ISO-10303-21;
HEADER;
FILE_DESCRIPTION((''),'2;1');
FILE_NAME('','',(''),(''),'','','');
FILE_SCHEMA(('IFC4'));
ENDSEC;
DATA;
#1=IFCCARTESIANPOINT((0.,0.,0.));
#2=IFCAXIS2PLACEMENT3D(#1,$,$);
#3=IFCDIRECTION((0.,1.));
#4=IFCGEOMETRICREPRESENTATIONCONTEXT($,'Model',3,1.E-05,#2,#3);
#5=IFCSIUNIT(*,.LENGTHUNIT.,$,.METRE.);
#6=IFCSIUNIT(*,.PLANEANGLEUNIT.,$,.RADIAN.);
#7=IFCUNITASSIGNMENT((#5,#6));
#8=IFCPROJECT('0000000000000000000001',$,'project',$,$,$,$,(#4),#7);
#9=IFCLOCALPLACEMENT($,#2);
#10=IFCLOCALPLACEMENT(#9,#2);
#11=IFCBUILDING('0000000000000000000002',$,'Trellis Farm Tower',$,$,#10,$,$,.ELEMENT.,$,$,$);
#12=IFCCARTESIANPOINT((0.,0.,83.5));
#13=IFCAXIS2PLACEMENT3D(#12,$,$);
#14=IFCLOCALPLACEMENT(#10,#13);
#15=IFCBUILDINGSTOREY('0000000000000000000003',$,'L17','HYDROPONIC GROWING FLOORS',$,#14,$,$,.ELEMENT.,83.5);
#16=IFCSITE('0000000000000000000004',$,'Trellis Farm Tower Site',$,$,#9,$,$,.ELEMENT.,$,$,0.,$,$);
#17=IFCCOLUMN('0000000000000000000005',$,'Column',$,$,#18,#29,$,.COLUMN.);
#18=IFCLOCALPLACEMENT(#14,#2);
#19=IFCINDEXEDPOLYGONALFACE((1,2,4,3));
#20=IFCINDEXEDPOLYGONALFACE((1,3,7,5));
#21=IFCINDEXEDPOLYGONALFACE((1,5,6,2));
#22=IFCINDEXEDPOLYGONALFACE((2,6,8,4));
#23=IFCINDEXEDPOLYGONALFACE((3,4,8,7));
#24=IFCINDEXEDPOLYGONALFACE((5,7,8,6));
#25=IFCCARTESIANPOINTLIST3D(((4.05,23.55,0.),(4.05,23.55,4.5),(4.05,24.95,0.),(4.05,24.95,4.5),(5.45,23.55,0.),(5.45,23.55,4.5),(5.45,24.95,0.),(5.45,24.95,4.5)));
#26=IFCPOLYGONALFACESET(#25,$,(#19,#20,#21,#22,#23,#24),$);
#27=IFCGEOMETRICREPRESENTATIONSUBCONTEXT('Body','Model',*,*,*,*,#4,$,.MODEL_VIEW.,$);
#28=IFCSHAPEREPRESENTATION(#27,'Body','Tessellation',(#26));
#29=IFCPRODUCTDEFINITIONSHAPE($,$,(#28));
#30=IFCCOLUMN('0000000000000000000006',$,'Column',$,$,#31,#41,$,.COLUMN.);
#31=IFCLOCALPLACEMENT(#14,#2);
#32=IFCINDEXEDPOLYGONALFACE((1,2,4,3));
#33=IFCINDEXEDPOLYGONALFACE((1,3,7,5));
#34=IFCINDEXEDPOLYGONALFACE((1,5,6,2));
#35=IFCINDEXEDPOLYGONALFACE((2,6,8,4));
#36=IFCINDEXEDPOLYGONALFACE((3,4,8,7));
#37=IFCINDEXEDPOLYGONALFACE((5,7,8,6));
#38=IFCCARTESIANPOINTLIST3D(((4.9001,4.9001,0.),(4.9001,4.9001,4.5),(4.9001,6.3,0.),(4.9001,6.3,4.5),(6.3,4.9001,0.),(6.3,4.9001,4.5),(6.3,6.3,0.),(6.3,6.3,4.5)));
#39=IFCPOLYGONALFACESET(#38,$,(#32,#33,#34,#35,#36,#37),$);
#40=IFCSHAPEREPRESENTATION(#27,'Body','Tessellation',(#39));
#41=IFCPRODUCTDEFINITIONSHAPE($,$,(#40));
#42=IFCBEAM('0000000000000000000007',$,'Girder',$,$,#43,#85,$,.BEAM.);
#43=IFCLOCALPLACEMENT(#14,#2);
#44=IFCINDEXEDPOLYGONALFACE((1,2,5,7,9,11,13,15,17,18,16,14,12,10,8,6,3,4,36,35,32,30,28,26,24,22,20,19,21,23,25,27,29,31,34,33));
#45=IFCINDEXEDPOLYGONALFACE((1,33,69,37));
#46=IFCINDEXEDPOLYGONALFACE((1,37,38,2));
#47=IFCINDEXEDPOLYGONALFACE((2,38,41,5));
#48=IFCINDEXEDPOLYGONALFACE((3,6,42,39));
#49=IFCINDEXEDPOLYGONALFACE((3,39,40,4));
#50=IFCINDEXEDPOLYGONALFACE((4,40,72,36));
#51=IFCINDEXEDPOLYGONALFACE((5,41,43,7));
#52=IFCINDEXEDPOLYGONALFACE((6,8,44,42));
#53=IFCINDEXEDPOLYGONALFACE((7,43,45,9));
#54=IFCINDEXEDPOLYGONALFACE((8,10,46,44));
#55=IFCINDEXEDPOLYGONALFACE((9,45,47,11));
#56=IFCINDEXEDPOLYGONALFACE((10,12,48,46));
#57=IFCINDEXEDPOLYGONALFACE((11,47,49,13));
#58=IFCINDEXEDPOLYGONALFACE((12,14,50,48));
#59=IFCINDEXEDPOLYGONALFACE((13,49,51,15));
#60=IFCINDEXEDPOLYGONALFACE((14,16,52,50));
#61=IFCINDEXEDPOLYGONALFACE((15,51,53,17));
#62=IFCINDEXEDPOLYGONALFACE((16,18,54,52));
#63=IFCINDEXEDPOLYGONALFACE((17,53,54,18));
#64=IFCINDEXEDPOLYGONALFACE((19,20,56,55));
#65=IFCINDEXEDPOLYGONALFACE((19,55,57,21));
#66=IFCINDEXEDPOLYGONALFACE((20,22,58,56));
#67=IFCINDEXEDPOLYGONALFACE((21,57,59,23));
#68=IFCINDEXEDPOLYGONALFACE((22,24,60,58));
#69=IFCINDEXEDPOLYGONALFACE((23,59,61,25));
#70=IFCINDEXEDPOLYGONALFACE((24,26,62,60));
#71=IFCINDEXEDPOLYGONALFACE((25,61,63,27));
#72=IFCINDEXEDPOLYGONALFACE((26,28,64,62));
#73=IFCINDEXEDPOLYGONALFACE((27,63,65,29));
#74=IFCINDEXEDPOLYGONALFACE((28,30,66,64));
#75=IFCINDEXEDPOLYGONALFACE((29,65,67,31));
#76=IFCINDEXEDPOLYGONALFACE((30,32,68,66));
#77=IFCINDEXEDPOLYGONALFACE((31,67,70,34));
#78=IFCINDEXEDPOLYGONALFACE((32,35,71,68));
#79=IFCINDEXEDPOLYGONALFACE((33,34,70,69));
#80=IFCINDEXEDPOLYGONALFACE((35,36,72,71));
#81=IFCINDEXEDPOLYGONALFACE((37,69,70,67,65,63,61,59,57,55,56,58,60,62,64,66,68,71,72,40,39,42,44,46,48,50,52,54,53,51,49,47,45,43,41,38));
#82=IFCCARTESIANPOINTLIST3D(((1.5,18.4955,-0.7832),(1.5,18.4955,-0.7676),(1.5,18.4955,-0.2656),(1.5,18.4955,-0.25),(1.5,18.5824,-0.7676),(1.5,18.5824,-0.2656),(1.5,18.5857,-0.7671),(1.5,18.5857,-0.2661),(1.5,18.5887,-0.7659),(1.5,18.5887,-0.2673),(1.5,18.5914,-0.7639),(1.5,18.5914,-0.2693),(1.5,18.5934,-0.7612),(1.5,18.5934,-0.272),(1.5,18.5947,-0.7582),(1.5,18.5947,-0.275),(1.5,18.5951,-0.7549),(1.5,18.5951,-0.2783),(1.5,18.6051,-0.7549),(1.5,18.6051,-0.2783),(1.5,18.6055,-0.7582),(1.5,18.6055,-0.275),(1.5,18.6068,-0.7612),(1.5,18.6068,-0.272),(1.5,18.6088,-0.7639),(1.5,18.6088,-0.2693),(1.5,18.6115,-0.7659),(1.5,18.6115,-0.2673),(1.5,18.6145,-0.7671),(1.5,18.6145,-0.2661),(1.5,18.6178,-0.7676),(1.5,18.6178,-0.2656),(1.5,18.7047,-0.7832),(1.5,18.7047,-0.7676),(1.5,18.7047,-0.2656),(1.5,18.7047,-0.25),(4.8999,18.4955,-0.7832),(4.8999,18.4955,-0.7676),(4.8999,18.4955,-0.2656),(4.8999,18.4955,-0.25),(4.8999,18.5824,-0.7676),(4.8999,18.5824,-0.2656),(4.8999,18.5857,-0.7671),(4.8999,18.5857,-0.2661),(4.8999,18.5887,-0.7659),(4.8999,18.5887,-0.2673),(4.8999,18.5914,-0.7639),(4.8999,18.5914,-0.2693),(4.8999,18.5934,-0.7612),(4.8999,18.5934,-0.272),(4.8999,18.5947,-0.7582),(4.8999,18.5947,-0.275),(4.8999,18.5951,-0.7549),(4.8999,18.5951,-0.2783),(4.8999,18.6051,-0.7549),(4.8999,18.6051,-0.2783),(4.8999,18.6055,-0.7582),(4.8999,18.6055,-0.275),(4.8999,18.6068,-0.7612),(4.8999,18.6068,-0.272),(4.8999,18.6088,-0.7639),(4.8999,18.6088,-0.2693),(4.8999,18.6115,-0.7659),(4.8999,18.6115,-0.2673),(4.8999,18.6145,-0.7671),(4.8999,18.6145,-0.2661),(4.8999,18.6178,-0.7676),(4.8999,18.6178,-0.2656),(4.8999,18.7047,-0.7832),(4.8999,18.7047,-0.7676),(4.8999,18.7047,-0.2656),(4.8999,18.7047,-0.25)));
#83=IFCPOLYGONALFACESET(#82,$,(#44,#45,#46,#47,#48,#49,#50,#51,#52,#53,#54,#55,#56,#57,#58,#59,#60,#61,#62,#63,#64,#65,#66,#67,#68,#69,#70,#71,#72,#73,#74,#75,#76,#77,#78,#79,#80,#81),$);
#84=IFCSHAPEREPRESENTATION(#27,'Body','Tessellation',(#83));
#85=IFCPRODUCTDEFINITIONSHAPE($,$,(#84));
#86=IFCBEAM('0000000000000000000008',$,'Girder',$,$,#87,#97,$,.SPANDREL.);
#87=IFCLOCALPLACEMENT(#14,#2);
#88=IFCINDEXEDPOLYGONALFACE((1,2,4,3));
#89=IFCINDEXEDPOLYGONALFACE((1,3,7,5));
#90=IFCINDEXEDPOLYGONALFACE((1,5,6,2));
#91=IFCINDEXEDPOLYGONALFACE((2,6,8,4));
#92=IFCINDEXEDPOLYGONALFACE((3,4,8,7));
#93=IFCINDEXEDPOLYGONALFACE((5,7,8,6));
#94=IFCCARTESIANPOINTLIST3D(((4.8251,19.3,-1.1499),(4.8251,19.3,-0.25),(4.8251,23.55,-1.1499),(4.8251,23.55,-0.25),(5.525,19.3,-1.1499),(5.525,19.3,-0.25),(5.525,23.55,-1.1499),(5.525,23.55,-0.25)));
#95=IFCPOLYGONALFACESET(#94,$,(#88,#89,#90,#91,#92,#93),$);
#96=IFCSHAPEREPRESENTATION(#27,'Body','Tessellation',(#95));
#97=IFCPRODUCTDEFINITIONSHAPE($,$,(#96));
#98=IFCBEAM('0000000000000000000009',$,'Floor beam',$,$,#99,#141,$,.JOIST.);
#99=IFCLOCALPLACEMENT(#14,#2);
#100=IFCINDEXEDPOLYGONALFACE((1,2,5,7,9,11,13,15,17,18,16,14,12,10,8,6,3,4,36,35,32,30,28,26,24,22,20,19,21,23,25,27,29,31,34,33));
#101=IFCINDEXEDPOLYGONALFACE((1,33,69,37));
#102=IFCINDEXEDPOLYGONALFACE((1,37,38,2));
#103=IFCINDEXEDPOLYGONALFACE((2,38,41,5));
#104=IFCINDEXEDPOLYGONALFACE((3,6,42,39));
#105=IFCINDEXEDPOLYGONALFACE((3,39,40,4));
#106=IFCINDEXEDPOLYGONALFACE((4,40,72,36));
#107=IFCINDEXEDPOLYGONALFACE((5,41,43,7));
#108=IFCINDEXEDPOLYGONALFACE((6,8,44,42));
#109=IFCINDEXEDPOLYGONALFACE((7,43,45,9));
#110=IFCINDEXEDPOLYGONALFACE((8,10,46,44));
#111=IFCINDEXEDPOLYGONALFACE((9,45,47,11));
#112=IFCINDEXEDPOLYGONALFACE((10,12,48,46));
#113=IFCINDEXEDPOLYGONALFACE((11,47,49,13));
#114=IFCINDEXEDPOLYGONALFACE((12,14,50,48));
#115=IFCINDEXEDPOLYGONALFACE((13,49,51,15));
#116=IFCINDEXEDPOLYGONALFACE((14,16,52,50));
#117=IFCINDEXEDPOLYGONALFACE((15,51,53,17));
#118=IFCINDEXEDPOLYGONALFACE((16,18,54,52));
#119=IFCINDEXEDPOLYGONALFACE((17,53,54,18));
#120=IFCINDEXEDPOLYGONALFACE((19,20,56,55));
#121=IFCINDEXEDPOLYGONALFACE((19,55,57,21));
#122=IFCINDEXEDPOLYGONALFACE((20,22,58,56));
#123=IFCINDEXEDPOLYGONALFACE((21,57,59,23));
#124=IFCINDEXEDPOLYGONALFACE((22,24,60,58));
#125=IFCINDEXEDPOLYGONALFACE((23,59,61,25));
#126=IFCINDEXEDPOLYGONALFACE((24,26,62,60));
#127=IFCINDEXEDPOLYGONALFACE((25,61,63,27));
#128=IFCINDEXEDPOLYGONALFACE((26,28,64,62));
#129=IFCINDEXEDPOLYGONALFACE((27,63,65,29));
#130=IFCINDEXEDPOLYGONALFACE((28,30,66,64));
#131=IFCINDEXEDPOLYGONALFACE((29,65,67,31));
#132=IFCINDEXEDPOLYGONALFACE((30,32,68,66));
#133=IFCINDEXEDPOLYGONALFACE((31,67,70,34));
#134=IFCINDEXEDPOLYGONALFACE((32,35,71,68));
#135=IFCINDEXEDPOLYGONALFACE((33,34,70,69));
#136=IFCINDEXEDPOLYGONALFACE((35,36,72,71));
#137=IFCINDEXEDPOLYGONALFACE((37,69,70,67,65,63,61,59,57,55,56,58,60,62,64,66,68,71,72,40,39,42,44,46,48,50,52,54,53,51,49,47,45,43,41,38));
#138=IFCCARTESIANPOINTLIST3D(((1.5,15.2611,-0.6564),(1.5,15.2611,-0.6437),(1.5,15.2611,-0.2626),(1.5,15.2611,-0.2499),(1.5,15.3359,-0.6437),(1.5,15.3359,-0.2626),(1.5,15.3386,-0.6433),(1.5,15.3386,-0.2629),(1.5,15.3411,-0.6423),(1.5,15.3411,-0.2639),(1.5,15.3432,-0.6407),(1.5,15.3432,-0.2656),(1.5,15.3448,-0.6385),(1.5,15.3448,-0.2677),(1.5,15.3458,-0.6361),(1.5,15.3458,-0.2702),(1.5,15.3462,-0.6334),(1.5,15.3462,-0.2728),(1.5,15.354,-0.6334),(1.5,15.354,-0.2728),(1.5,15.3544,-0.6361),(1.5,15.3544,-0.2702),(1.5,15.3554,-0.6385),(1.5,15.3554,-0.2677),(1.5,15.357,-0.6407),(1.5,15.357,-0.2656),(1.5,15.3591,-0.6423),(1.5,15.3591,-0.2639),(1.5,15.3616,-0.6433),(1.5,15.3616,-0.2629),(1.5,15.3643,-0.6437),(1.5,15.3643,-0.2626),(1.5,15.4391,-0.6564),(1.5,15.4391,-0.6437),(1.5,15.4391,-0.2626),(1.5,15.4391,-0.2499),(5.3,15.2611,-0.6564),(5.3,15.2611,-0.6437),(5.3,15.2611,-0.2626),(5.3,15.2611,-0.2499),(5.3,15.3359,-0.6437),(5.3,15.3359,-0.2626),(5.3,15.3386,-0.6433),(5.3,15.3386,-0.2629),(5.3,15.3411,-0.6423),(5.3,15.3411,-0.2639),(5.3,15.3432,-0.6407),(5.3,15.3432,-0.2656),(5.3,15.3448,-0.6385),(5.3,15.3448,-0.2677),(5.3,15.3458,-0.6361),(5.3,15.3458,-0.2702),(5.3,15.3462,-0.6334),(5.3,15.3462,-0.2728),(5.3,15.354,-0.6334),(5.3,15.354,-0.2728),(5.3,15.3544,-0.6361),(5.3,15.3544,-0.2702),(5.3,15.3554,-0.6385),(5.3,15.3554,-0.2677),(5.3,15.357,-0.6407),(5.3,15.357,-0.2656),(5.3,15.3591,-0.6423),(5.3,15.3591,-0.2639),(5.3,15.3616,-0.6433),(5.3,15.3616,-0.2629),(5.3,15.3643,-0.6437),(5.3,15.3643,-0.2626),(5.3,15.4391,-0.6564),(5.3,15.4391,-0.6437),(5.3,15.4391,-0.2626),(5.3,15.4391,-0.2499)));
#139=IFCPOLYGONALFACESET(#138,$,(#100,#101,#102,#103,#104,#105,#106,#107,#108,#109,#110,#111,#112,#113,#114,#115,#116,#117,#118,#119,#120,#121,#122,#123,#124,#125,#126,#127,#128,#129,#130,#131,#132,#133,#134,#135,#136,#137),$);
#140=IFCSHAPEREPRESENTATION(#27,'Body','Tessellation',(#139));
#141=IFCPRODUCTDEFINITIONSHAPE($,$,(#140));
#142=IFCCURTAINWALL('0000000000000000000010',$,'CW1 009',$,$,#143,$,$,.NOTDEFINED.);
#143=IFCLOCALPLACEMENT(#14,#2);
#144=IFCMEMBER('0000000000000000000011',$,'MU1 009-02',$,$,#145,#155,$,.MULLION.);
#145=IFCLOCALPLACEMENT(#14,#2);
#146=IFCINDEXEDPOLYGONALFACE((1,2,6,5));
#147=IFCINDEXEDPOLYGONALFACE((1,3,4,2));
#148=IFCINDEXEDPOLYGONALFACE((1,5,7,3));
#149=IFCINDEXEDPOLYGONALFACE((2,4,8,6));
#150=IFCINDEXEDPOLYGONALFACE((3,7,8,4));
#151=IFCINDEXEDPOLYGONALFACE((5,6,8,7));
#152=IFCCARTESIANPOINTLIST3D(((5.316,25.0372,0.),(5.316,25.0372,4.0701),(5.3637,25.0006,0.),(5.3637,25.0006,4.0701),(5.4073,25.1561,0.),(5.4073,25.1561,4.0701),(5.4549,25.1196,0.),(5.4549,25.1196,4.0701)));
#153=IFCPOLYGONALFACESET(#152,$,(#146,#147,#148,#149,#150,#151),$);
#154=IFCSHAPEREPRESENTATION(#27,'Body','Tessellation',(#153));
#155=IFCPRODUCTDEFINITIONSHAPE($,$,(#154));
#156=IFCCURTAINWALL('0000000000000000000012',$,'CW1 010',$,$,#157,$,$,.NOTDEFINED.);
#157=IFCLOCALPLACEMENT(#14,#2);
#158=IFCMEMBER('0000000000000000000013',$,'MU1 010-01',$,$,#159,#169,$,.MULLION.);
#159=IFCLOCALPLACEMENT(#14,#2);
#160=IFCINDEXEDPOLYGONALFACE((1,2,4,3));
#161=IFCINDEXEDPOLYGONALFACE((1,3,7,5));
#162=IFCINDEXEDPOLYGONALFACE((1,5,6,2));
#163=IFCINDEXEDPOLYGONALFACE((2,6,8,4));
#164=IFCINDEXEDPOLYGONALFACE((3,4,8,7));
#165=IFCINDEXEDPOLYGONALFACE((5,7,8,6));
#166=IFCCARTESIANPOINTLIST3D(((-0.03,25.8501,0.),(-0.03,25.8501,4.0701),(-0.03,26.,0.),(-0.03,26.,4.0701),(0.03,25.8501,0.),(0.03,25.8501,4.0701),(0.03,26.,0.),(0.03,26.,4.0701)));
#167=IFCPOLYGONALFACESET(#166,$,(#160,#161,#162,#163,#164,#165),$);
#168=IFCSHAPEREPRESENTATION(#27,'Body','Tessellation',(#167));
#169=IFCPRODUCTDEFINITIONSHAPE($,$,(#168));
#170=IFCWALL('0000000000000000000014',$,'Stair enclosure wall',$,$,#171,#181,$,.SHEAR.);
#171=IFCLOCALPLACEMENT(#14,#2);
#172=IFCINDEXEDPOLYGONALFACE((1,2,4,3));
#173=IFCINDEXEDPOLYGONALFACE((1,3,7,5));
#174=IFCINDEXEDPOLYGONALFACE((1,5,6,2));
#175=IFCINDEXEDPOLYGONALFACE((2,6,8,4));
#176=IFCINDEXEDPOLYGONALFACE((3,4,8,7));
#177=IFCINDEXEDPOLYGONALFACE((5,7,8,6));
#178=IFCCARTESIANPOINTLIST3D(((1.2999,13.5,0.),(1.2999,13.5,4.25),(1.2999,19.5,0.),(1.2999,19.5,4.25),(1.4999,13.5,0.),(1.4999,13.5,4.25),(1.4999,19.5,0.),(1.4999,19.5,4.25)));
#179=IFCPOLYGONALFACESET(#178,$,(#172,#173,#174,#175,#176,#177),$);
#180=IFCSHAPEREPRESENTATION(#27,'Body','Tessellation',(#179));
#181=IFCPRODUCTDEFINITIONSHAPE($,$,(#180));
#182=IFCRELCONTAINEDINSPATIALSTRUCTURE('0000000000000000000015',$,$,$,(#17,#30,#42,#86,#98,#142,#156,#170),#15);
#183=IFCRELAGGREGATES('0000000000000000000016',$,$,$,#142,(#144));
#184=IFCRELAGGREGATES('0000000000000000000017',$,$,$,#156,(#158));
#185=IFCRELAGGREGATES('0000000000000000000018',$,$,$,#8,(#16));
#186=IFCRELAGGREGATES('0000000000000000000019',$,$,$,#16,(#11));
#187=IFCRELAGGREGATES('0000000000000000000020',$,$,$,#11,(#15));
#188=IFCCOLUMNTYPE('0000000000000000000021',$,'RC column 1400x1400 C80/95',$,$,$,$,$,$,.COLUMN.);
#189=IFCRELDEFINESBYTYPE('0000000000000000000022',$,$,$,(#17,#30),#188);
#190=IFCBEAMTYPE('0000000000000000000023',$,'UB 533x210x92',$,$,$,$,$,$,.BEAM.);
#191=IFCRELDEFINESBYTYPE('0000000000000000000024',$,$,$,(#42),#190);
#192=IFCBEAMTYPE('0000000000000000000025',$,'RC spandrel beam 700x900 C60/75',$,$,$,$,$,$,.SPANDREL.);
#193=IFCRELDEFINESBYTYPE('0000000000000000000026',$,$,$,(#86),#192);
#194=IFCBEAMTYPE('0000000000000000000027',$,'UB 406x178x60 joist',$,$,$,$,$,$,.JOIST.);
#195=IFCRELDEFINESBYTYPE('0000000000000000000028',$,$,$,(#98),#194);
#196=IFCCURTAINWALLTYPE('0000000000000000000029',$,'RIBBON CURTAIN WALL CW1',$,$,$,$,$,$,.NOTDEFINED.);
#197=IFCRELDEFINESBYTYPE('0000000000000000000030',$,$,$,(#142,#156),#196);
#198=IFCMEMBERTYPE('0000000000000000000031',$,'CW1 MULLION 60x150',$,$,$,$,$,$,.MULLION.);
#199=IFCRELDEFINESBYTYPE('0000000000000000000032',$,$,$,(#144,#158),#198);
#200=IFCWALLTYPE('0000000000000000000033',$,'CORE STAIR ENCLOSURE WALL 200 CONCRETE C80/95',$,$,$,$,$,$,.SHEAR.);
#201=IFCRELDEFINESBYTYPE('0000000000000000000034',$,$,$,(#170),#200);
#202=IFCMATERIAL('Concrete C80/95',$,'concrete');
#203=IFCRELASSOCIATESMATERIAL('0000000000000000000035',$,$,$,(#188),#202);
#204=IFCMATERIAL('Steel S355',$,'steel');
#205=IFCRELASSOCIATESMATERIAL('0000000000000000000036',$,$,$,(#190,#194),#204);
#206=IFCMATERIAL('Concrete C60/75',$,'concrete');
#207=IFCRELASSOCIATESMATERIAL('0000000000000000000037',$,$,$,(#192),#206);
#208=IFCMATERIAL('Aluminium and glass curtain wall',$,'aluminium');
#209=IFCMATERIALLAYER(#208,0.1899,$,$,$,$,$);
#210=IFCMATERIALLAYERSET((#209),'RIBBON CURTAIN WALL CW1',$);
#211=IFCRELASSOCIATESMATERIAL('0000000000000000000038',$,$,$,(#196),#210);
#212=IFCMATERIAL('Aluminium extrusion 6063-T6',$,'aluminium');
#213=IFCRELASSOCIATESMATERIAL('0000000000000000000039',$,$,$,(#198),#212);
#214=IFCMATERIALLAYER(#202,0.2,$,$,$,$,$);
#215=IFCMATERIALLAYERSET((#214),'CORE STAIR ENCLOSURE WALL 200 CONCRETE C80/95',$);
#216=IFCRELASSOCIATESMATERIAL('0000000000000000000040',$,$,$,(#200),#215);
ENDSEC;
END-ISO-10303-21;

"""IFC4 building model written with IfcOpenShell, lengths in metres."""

from ifc_helpers import new_model, si_unit, direction, frame, frame_2d, origin, origin_2d, place, context, subcontext, project, spatial, rectangle, i_section, extrude, source, transform, mapped, material, layer, layer_set, material_profile, profile_set, type_object, element, aggregate, save


model = new_model("IFC4")

# Units and contexts
model_context = context("Model", 3, precision=1e-05, world=origin(), true_north=direction((0.0, 1.0)))
body_context = subcontext(model_context, "Body", "Model", "MODEL_VIEW")
ifc_project = project(units=[si_unit("LENGTHUNIT", "METRE"), si_unit("PLANEANGLEUNIT", "RADIAN")], contexts=[model_context])

# Site, building, storey
site_placement = place(None, origin())
site = spatial("IfcSite", under=ifc_project, at=site_placement, Name="Trellis Farm Tower Site", CompositionType="ELEMENT", RefElevation=0.0)
building_placement = place(site_placement, origin())
building = spatial("IfcBuilding", under=site, at=building_placement, Name="Trellis Farm Tower", CompositionType="ELEMENT")
storey_placement = place(building_placement, frame((0.0, 0.0, 83.5)))
storey = spatial("IfcBuildingStorey", under=building, at=storey_placement, Name="L17", Description="HYDROPONIC GROWING FLOORS", CompositionType="ELEMENT", Elevation=83.5)

# Columns
ifc_material_1 = material(Name="Concrete C80/95", Category="concrete")
ifc_material_profile_1 = material_profile(ifc_material_1, rectangle(XDim=1.3999, YDim=1.3999, at=origin_2d()), Name="RC column 1400x1400 C80/95")
ifc_profile_set_1 = profile_set([ifc_material_profile_1], Name="Concrete C80/95")
column_type = type_object("IfcColumnType", Name="RC column 1400x1400 C80/95", PredefinedType="COLUMN", material=ifc_profile_set_1)
shared_shape_1 = source(origin(), body_context, "Body", "SweptSolid", [
    extrude(rectangle(XDim=1.3999, YDim=1.3999, at=origin_2d()), origin(), (0.0, 0.0, 1.0), 4.5),
])
for number, where, z_axis, x_axis, name in (
    (1, (4.75, 24.25, 0.0), (0.0, 0.0, 1.0), (1.0, 0.0, 0.0), "Column"),
    (2, (5.6001, 5.6001, 0.0), (0.0, 0.0, 1.0), (1.0, 0.0, 0.0), "Column"),
):
    element("IfcColumn", number, at=place(storey_placement, frame(where, z_axis=z_axis, x_axis=x_axis)), inside=storey, type_object=column_type, Name=name, PredefinedType="COLUMN", context=body_context, shape_type="MappedRepresentation", body=[
        mapped(shared_shape_1, transform((0.0, 0.0, 0.0))),
    ])

# Beams
ifc_material_2 = material(Name="Steel S355", Category="steel")
ifc_material_profile_2 = material_profile(ifc_material_2, i_section(OverallWidth=0.2092, OverallDepth=0.5332, WebThickness=0.01, FlangeThickness=0.0156, FilletRadius=0.0127, at=origin_2d()), Name="UB 533x210x92")
ifc_profile_set_2 = profile_set([ifc_material_profile_2], Name="Steel S355")
beam_type_1 = type_object("IfcBeamType", Name="UB 533x210x92", PredefinedType="BEAM", material=ifc_profile_set_2)
shared_shape_2 = source(origin(), body_context, "Body", "SweptSolid", [
    extrude(i_section(OverallWidth=0.2092, OverallDepth=0.5332, WebThickness=0.01, FlangeThickness=0.0156, FilletRadius=0.0127, at=origin_2d()), origin(), (0.0, 0.0, 1.0), 3.3999),
])
beam_1_placement = place(storey_placement, frame((1.5, 18.6001, -0.5166), z_axis=(1.0, 0.0, 0.0), x_axis=(0.0, 1.0, 0.0)))
element("IfcBeam", 3, at=beam_1_placement, inside=storey, type_object=beam_type_1, Name="Girder", PredefinedType="BEAM", context=body_context, shape_type="MappedRepresentation", body=[
    mapped(shared_shape_2, transform((0.0, 0.0, 0.0))),
])
ifc_material_3 = material(Name="Concrete C60/75", Category="concrete")
ifc_material_profile_3 = material_profile(ifc_material_3, rectangle(XDim=0.7, YDim=0.8999, at=origin_2d()), Name="RC spandrel beam 700x900 C60/75")
ifc_profile_set_3 = profile_set([ifc_material_profile_3], Name="Concrete C60/75")
beam_type_2 = type_object("IfcBeamType", Name="RC spandrel beam 700x900 C60/75", PredefinedType="SPANDREL", material=ifc_profile_set_3)
shared_shape_3 = source(origin(), body_context, "Body", "SweptSolid", [
    extrude(rectangle(XDim=0.7, YDim=0.8999, at=origin_2d()), origin(), (0.0, 0.0, 1.0), 4.25),
])
beam_2_placement = place(storey_placement, frame((5.175, 19.3, -0.7), z_axis=(0.0, 1.0, 0.0), x_axis=(-1.0, 0.0, 0.0)))
element("IfcBeam", 4, at=beam_2_placement, inside=storey, type_object=beam_type_2, Name="Girder", PredefinedType="SPANDREL", context=body_context, shape_type="MappedRepresentation", body=[
    mapped(shared_shape_3, transform((0.0, 0.0, 0.0))),
])
ifc_material_profile_4 = material_profile(ifc_material_2, i_section(OverallWidth=0.178, OverallDepth=0.4065, WebThickness=0.0078, FlangeThickness=0.0127, FilletRadius=0.0103, at=origin_2d()), Name="UB 406x178x60")
ifc_profile_set_4 = profile_set([ifc_material_profile_4], Name="Steel S355")
beam_type_3 = type_object("IfcBeamType", Name="UB 406x178x60 joist", PredefinedType="JOIST", material=ifc_profile_set_4)
shared_shape_4 = source(origin(), body_context, "Body", "SweptSolid", [
    extrude(i_section(OverallWidth=0.178, OverallDepth=0.4065, WebThickness=0.0078, FlangeThickness=0.0127, FilletRadius=0.0103, at=origin_2d()), origin(), (0.0, 0.0, 1.0), 3.8),
])
beam_3_placement = place(storey_placement, frame((1.5, 15.3501, -0.4531), z_axis=(1.0, 0.0, 0.0), x_axis=(0.0, 1.0, 0.0)))
element("IfcBeam", 5, at=beam_3_placement, inside=storey, type_object=beam_type_3, Name="Floor beam", PredefinedType="JOIST", context=body_context, shape_type="MappedRepresentation", body=[
    mapped(shared_shape_4, transform((0.0, 0.0, 0.0))),
])

# Curtain walls, members
ifc_material_4 = material(Name="Aluminium and glass curtain wall", Category="aluminium")
ifc_layer_1 = layer(ifc_material_4, 0.1899)
ifc_layer_set_1 = layer_set([ifc_layer_1], Name="RIBBON CURTAIN WALL CW1")
curtain_wall_type = type_object("IfcCurtainWallType", Name="RIBBON CURTAIN WALL CW1", PredefinedType="NOTDEFINED", material=ifc_layer_set_1)
placement = place(storey_placement, origin())
curtain_wall_1 = element("IfcCurtainWall", 6, at=placement, inside=storey, type_object=curtain_wall_type, Name="CW1 009", PredefinedType="NOTDEFINED")
ifc_material_5 = material(Name="Aluminium extrusion 6063-T6", Category="aluminium")
ifc_material_profile_5 = material_profile(ifc_material_5, rectangle(XDim=0.0601, YDim=0.1499, at=origin_2d()), Name="MULLION 60x150")
ifc_profile_set_5 = profile_set([ifc_material_profile_5], Name="Aluminium extrusion 6063-T6")
member_type = type_object("IfcMemberType", Name="CW1 MULLION 60x150", PredefinedType="MULLION", material=ifc_profile_set_5)
shared_shape_5 = source(origin(), body_context, "Body", "SweptSolid", [
    extrude(rectangle(XDim=0.0601, YDim=0.1499, at=origin_2d()), origin(), (0.0, 0.0, 1.0), 4.0701),
])
member_1_placement = place(storey_placement, frame((5.3855, 25.0784, 0.0), z_axis=(0.0, 0.0, 1.0), x_axis=(-0.793353, 0.608761, 0.0)))
member_1 = element("IfcMember", 7, at=member_1_placement, type_object=member_type, Name="MU1 009-02", PredefinedType="MULLION", context=body_context, shape_type="MappedRepresentation", body=[
    mapped(shared_shape_5, transform((0.0, 0.0, 0.0))),
])
aggregate(curtain_wall_1, [member_1])
curtain_wall_2 = element("IfcCurtainWall", 8, at=placement, inside=storey, type_object=curtain_wall_type, Name="CW1 010", PredefinedType="NOTDEFINED")
member_2_placement = place(storey_placement, frame((0.0, 25.925, 0.0), z_axis=(0.0, 0.0, 1.0), x_axis=(-1.0, 0.0, 0.0)))
member_2 = element("IfcMember", 9, at=member_2_placement, type_object=member_type, Name="MU1 010-01", PredefinedType="MULLION", context=body_context, shape_type="MappedRepresentation", body=[
    mapped(shared_shape_5, transform((0.0, 0.0, 0.0))),
])
aggregate(curtain_wall_2, [member_2])

# Wall
ifc_layer_2 = layer(ifc_material_1, 0.2)
ifc_layer_set_2 = layer_set([ifc_layer_2], Name="CORE STAIR ENCLOSURE WALL 200 CONCRETE C80/95")
wall_type_1 = type_object("IfcWallType", Name="CORE STAIR ENCLOSURE WALL 200 CONCRETE C80/95", PredefinedType="SHEAR", material=ifc_layer_set_2)
shared_shape_6 = source(origin(), body_context, "Body", "SweptSolid", [
    extrude(rectangle(XDim=6.0, YDim=0.2, at=frame_2d((3.0, 0.0))), origin(), (0.0, 0.0, 1.0), 4.25),
])
wall_1_placement = place(storey_placement, frame((1.3999, 13.5, 0.0), z_axis=(0.0, 0.0, 1.0), x_axis=(0.0, 1.0, 0.0)))
element("IfcWall", 10, at=wall_1_placement, inside=storey, type_object=wall_type_1, Name="Stair enclosure wall", PredefinedType="SHEAR", context=body_context, shape_type="MappedRepresentation", body=[
    mapped(shared_shape_6, transform((0.0, 0.0, 0.0))),
])

save(model, "model.ifc")
